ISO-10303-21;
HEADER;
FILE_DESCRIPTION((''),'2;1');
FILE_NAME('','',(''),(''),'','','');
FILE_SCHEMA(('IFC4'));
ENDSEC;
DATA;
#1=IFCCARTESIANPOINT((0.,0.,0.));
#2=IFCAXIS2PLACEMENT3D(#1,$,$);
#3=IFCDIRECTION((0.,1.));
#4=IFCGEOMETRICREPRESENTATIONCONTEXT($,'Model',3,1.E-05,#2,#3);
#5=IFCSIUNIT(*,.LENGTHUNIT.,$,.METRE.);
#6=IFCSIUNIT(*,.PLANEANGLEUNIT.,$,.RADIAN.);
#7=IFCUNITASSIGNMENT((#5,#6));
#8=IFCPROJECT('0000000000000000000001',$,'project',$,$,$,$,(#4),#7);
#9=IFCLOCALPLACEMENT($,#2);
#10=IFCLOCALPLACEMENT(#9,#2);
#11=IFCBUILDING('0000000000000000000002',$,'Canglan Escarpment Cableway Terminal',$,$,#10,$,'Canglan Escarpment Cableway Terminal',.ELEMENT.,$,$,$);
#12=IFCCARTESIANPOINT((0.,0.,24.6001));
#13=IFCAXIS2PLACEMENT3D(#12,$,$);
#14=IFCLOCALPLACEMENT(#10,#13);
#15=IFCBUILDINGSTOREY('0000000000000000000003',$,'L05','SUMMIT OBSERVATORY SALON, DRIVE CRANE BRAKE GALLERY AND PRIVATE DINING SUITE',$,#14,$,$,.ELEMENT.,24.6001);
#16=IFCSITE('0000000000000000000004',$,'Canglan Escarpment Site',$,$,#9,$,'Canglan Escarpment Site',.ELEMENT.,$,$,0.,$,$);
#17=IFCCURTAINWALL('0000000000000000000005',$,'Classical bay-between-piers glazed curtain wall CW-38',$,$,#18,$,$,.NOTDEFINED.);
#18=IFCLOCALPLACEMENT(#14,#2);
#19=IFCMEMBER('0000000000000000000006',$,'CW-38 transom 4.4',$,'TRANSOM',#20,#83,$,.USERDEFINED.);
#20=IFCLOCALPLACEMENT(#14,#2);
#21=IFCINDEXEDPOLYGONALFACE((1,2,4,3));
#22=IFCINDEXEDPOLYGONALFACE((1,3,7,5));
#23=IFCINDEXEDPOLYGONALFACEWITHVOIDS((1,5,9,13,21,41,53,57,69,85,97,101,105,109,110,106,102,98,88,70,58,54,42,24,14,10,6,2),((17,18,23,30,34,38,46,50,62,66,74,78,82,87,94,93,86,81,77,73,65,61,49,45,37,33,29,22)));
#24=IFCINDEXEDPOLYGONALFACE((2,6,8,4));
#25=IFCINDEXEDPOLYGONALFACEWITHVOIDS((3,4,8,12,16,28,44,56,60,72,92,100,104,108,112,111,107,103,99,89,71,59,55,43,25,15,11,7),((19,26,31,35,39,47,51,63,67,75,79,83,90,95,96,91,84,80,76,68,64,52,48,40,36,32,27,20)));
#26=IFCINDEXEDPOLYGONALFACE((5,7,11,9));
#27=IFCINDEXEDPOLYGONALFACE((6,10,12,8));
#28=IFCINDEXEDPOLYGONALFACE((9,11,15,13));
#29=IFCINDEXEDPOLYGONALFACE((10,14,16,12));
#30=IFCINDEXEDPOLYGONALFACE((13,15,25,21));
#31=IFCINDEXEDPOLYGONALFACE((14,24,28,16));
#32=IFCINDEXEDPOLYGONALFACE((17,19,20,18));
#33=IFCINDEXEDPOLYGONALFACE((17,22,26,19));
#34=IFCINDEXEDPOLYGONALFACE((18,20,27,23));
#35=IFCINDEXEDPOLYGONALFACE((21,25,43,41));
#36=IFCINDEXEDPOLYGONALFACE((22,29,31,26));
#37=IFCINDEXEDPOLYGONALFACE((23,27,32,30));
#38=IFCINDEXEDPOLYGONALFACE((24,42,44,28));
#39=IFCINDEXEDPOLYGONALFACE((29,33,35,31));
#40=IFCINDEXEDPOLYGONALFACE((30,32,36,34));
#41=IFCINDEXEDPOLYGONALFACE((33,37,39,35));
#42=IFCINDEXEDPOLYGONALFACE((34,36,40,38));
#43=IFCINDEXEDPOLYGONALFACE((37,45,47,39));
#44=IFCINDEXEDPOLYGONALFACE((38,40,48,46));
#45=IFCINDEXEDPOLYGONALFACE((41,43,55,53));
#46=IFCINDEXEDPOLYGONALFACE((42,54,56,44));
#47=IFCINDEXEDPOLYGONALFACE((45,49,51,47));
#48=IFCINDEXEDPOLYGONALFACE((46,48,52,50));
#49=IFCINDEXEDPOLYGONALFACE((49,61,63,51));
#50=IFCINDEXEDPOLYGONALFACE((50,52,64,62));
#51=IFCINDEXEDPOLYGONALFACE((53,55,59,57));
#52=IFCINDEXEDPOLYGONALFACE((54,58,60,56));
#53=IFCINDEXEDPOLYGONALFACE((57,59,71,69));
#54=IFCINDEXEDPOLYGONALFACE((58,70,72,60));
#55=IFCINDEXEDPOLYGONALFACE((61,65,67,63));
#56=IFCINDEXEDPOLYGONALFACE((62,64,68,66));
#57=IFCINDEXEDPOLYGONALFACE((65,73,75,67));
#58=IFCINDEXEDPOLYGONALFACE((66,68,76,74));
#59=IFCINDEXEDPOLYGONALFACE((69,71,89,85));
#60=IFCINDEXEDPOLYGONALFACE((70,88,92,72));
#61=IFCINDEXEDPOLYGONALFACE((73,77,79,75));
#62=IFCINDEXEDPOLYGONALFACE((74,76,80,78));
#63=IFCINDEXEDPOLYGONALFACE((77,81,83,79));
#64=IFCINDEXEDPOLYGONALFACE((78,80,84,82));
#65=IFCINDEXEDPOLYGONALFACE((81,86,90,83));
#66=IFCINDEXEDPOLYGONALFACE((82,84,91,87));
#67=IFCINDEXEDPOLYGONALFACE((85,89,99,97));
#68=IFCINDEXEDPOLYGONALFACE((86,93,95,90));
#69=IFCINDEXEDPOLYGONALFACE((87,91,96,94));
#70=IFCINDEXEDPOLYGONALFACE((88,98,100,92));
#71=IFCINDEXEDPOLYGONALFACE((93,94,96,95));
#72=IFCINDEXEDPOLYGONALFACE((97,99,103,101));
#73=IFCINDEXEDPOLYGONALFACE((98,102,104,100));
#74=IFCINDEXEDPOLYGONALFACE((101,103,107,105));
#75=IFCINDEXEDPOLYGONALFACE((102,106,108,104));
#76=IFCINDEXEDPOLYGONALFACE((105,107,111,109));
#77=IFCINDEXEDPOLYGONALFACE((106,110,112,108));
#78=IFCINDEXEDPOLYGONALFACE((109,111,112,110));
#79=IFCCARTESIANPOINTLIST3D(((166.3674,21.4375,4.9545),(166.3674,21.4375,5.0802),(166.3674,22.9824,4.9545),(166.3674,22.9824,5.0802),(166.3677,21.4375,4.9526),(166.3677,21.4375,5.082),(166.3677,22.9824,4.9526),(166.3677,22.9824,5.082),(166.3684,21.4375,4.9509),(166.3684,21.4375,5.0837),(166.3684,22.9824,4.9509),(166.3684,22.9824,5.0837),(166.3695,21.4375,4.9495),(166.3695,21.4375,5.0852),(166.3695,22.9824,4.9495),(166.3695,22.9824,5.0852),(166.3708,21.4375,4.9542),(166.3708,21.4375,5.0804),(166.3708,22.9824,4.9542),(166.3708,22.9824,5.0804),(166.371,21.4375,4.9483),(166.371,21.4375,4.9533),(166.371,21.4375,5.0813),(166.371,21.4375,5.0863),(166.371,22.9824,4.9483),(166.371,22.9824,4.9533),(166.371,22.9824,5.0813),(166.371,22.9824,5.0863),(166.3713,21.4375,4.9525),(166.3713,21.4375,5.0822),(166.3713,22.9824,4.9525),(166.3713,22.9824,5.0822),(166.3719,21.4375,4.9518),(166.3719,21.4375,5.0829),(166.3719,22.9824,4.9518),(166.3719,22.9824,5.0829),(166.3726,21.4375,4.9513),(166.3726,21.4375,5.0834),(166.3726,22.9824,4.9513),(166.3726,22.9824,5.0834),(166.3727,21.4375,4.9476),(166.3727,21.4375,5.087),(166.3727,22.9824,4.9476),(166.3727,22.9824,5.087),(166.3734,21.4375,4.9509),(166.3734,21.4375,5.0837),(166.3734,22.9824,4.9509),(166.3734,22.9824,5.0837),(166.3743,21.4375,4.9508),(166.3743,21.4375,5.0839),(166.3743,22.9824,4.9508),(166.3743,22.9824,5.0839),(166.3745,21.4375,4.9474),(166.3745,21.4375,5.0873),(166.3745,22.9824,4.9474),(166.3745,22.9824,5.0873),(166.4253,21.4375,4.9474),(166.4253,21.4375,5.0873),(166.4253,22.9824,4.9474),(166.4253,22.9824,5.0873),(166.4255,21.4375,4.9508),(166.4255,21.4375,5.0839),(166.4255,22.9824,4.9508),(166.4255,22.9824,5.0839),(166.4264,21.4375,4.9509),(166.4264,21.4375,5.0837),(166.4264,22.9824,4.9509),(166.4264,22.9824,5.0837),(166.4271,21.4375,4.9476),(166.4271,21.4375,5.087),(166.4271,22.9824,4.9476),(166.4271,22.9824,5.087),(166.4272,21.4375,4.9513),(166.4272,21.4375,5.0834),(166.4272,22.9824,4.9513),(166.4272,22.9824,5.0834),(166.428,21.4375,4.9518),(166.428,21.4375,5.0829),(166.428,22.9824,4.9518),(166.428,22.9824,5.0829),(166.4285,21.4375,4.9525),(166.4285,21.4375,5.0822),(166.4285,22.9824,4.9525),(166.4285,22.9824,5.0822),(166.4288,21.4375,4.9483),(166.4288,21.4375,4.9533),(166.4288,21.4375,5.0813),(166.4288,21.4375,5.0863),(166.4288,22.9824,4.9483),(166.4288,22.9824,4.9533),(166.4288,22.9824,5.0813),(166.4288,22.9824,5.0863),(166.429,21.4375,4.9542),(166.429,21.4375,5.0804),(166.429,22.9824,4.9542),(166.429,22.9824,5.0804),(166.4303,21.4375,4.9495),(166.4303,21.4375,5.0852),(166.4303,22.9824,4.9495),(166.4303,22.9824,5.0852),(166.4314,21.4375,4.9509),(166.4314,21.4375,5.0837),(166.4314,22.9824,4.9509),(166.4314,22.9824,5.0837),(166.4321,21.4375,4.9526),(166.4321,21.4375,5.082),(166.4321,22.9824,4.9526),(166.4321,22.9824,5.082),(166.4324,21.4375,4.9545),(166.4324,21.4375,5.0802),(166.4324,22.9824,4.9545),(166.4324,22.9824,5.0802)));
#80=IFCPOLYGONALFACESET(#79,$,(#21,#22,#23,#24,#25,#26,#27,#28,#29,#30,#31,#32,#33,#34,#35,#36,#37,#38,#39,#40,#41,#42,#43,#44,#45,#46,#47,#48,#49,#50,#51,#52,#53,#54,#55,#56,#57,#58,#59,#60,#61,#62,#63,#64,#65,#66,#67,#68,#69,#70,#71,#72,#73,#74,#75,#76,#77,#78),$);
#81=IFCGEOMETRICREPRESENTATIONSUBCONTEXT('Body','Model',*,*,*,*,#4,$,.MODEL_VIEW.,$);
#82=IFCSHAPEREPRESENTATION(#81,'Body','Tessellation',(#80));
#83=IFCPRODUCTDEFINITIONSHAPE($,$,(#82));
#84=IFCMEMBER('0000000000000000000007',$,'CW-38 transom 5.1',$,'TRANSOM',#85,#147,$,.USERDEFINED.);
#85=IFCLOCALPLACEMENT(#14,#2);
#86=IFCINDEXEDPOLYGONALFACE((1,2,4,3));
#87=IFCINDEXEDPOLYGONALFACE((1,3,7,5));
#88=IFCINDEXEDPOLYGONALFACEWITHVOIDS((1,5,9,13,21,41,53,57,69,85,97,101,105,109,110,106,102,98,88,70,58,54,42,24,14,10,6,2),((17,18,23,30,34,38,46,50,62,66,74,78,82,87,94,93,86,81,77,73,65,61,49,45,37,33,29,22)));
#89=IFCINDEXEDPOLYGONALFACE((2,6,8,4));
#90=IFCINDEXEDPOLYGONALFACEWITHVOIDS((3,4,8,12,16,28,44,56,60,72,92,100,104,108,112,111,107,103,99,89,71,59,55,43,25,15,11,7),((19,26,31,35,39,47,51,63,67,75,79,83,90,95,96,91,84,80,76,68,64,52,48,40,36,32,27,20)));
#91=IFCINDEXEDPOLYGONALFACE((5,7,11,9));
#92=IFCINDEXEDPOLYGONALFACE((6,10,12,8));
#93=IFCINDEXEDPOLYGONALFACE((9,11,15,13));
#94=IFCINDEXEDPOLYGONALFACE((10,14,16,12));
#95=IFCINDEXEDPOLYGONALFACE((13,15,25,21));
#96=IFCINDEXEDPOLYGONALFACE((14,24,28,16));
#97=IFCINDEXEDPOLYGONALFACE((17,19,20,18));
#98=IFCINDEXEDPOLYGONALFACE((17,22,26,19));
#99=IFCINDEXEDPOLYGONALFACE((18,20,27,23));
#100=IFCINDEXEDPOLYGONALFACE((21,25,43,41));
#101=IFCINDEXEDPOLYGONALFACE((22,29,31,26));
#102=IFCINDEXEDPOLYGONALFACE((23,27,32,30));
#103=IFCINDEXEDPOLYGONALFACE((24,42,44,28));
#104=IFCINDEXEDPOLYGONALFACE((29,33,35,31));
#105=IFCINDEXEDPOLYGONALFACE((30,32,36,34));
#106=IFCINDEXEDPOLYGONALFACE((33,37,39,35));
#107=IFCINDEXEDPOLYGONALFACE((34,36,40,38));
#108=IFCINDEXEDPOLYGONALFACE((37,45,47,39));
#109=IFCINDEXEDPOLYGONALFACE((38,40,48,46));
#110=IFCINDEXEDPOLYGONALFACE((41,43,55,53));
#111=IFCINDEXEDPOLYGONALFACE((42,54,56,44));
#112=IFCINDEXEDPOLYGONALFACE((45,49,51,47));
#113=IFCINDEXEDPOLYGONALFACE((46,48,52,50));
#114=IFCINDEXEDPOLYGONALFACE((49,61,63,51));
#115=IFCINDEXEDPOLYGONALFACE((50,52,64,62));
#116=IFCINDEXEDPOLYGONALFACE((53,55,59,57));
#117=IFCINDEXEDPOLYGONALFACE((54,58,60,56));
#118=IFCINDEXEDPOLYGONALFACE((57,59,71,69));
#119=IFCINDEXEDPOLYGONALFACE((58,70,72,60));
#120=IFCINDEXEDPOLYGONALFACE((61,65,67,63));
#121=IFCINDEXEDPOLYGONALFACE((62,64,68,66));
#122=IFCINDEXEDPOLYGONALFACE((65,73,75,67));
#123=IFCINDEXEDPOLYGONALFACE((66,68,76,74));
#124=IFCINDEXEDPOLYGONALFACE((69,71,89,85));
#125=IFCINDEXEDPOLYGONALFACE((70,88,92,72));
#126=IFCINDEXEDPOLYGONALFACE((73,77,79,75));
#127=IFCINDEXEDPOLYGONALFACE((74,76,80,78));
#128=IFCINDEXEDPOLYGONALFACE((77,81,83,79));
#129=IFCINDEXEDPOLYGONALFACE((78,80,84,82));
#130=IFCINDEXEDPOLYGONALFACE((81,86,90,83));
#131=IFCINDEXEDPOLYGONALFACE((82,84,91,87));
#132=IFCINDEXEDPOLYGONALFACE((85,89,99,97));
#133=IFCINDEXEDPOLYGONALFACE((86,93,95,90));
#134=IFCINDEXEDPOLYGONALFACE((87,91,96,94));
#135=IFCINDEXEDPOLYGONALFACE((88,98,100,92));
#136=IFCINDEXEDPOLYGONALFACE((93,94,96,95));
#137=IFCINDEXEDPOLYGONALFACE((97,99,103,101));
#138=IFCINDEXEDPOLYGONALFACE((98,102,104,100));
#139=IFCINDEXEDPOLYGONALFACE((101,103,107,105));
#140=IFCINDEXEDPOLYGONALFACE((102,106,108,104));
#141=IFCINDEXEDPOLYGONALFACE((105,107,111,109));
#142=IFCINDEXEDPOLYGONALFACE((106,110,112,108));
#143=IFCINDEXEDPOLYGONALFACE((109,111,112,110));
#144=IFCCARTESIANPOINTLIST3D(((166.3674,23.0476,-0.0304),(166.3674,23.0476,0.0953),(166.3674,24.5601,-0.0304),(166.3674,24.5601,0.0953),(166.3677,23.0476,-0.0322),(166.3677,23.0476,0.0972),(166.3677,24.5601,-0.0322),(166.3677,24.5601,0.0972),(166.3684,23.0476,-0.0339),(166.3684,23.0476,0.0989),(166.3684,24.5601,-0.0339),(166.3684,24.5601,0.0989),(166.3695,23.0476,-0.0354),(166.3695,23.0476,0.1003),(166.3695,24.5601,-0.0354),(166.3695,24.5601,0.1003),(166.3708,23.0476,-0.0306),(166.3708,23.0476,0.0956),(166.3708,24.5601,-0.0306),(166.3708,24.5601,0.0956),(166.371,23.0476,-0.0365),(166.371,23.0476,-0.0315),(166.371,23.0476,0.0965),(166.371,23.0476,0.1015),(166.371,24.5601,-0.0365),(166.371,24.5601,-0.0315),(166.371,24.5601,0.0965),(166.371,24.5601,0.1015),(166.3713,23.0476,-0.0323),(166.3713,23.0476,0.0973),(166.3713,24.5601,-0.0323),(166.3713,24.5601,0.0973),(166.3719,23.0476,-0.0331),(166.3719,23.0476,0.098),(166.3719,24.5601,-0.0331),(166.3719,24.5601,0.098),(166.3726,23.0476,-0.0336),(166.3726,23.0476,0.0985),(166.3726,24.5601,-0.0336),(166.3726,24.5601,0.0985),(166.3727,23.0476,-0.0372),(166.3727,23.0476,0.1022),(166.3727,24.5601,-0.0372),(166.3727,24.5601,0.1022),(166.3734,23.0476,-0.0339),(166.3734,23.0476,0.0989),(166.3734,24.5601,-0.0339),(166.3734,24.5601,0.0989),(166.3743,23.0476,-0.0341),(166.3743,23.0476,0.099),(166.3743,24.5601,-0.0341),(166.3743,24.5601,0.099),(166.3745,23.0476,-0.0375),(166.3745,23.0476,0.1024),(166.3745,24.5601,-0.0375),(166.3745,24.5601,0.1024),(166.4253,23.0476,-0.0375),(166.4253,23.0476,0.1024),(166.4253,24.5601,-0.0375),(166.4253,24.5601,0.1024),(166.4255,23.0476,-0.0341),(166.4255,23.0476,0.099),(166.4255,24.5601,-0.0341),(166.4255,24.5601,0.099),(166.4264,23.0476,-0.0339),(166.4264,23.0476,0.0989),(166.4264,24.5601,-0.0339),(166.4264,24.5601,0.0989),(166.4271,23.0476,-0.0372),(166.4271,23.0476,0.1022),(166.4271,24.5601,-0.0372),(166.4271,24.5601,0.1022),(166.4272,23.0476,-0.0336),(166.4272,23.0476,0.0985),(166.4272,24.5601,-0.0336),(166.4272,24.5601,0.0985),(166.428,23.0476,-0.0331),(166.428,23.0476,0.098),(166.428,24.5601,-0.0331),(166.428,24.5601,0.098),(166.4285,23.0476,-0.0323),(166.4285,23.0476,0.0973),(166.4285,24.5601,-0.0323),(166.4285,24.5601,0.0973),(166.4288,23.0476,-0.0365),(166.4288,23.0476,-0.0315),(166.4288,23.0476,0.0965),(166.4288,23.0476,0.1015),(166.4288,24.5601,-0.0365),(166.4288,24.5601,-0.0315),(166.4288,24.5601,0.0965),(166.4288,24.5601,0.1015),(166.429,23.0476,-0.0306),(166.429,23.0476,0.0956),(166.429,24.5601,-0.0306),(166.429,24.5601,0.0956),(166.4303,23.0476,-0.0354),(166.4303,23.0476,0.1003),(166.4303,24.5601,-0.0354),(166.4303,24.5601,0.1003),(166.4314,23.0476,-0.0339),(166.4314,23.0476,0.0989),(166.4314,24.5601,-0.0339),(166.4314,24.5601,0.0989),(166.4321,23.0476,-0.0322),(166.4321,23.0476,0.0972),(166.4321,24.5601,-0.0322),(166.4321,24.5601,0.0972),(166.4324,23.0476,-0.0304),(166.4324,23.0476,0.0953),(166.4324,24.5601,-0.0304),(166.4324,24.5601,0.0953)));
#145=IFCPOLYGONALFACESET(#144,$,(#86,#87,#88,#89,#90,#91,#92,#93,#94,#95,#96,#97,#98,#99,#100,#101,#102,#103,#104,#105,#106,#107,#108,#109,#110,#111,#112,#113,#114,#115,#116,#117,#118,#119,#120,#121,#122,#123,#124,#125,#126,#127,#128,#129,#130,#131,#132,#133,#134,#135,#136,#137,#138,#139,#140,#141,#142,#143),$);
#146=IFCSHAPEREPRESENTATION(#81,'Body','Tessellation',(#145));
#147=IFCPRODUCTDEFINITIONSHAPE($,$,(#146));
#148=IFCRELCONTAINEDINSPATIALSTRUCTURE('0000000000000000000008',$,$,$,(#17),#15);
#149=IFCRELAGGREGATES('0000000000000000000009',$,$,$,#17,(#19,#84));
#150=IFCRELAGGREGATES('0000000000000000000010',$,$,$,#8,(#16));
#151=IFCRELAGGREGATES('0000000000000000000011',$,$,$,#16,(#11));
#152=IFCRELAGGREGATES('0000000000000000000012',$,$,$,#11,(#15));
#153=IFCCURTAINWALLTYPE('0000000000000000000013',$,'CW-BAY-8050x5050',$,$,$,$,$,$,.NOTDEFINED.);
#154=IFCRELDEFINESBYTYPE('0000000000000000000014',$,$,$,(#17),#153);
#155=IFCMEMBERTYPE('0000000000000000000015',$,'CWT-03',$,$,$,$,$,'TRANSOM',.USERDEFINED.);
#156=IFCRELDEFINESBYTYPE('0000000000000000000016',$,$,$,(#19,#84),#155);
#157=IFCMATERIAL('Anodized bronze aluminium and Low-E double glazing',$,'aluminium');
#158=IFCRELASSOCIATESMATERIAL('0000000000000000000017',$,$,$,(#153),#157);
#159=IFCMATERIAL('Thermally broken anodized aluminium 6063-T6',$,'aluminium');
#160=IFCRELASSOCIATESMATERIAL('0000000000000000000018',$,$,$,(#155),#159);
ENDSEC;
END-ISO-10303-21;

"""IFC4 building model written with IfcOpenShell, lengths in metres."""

from ifc_helpers import new_model, si_unit, direction, frame, origin, origin_2d, place, context, subcontext, project, spatial, hollow_rectangle, extrude, material, material_profile, profile_set, type_object, element, aggregate, save


model = new_model("IFC4")

# Units and contexts
model_context = context("Model", 3, precision=1e-05, world=origin(), true_north=direction((0.0, 1.0)))
body_context = subcontext(model_context, "Body", "Model", "MODEL_VIEW")
ifc_project = project(units=[si_unit("LENGTHUNIT", "METRE"), si_unit("PLANEANGLEUNIT", "RADIAN")], contexts=[model_context])

# Site, building, storey
site_placement = place(None, origin())
site = spatial("IfcSite", under=ifc_project, at=site_placement, Name="Canglan Escarpment Site", LongName="Canglan Escarpment Site", CompositionType="ELEMENT", RefElevation=0.0)
building_placement = place(site_placement, origin())
building = spatial("IfcBuilding", under=site, at=building_placement, Name="Canglan Escarpment Cableway Terminal", LongName="Canglan Escarpment Cableway Terminal", CompositionType="ELEMENT")
storey_placement = place(building_placement, frame((0.0, 0.0, 24.6001)))
storey = spatial("IfcBuildingStorey", under=building, at=storey_placement, Name="L05", Description="SUMMIT OBSERVATORY SALON, DRIVE CRANE BRAKE GALLERY AND PRIVATE DINING SUITE", CompositionType="ELEMENT", Elevation=24.6001)

# Curtain wall, members
ifc_material_1 = material(Name="Anodized bronze aluminium and Low-E double glazing", Category="aluminium")
curtain_wall_type = type_object("IfcCurtainWallType", Name="CW-BAY-8050x5050", PredefinedType="NOTDEFINED", material=ifc_material_1)
curtain_wall_placement = place(storey_placement, origin())
curtain_wall = element("IfcCurtainWall", 1, at=curtain_wall_placement, inside=storey, type_object=curtain_wall_type, Name="Classical bay-between-piers glazed curtain wall CW-38", PredefinedType="NOTDEFINED")
ifc_material_2 = material(Name="Thermally broken anodized aluminium 6063-T6", Category="aluminium")
ifc_material_profile_1 = material_profile(ifc_material_2, hollow_rectangle(XDim=0.0649, YDim=0.1399, WallThickness=0.0034, InnerFilletRadius=0.0034, OuterFilletRadius=0.0071, at=origin_2d()), Name="ALU-TRAN 65x140x3.5")
ifc_profile_set_1 = profile_set([ifc_material_profile_1], Name="Thermally broken anodized aluminium 6063-T6")
member_type_1 = type_object("IfcMemberType", Name="CWT-03", ElementType="TRANSOM", PredefinedType="USERDEFINED", material=ifc_profile_set_1)
member_1_placement = place(storey_placement, frame((166.3999, 21.4375, 5.0173), z_axis=(0.0, 1.0, 0.0), x_axis=(-1.0, 0.0, 0.0)))
member_1 = element("IfcMember", 2, at=member_1_placement, type_object=member_type_1, Name="CW-38 transom 4.4", ObjectType="TRANSOM", PredefinedType="USERDEFINED", context=body_context, shape_type="SweptSolid", body=[
    extrude(hollow_rectangle(XDim=0.0649, YDim=0.1399, WallThickness=0.0034, InnerFilletRadius=0.0034, OuterFilletRadius=0.0071, at=origin_2d()), origin(), (0.0, 0.0, 1.0), 1.5449),
])
member_2_placement = place(storey_placement, frame((166.3999, 23.0476, 0.0325), z_axis=(0.0, 1.0, 0.0), x_axis=(-1.0, 0.0, 0.0)))
member_2 = element("IfcMember", 3, at=member_2_placement, type_object=member_type_1, Name="CW-38 transom 5.1", ObjectType="TRANSOM", PredefinedType="USERDEFINED", context=body_context, shape_type="SweptSolid", body=[
    extrude(hollow_rectangle(XDim=0.0649, YDim=0.1399, WallThickness=0.0034, InnerFilletRadius=0.0034, OuterFilletRadius=0.0071, at=origin_2d()), origin(), (0.0, 0.0, 1.0), 1.5125),
])
aggregate(curtain_wall, [member_1, member_2])

save(model, "model.ifc")
